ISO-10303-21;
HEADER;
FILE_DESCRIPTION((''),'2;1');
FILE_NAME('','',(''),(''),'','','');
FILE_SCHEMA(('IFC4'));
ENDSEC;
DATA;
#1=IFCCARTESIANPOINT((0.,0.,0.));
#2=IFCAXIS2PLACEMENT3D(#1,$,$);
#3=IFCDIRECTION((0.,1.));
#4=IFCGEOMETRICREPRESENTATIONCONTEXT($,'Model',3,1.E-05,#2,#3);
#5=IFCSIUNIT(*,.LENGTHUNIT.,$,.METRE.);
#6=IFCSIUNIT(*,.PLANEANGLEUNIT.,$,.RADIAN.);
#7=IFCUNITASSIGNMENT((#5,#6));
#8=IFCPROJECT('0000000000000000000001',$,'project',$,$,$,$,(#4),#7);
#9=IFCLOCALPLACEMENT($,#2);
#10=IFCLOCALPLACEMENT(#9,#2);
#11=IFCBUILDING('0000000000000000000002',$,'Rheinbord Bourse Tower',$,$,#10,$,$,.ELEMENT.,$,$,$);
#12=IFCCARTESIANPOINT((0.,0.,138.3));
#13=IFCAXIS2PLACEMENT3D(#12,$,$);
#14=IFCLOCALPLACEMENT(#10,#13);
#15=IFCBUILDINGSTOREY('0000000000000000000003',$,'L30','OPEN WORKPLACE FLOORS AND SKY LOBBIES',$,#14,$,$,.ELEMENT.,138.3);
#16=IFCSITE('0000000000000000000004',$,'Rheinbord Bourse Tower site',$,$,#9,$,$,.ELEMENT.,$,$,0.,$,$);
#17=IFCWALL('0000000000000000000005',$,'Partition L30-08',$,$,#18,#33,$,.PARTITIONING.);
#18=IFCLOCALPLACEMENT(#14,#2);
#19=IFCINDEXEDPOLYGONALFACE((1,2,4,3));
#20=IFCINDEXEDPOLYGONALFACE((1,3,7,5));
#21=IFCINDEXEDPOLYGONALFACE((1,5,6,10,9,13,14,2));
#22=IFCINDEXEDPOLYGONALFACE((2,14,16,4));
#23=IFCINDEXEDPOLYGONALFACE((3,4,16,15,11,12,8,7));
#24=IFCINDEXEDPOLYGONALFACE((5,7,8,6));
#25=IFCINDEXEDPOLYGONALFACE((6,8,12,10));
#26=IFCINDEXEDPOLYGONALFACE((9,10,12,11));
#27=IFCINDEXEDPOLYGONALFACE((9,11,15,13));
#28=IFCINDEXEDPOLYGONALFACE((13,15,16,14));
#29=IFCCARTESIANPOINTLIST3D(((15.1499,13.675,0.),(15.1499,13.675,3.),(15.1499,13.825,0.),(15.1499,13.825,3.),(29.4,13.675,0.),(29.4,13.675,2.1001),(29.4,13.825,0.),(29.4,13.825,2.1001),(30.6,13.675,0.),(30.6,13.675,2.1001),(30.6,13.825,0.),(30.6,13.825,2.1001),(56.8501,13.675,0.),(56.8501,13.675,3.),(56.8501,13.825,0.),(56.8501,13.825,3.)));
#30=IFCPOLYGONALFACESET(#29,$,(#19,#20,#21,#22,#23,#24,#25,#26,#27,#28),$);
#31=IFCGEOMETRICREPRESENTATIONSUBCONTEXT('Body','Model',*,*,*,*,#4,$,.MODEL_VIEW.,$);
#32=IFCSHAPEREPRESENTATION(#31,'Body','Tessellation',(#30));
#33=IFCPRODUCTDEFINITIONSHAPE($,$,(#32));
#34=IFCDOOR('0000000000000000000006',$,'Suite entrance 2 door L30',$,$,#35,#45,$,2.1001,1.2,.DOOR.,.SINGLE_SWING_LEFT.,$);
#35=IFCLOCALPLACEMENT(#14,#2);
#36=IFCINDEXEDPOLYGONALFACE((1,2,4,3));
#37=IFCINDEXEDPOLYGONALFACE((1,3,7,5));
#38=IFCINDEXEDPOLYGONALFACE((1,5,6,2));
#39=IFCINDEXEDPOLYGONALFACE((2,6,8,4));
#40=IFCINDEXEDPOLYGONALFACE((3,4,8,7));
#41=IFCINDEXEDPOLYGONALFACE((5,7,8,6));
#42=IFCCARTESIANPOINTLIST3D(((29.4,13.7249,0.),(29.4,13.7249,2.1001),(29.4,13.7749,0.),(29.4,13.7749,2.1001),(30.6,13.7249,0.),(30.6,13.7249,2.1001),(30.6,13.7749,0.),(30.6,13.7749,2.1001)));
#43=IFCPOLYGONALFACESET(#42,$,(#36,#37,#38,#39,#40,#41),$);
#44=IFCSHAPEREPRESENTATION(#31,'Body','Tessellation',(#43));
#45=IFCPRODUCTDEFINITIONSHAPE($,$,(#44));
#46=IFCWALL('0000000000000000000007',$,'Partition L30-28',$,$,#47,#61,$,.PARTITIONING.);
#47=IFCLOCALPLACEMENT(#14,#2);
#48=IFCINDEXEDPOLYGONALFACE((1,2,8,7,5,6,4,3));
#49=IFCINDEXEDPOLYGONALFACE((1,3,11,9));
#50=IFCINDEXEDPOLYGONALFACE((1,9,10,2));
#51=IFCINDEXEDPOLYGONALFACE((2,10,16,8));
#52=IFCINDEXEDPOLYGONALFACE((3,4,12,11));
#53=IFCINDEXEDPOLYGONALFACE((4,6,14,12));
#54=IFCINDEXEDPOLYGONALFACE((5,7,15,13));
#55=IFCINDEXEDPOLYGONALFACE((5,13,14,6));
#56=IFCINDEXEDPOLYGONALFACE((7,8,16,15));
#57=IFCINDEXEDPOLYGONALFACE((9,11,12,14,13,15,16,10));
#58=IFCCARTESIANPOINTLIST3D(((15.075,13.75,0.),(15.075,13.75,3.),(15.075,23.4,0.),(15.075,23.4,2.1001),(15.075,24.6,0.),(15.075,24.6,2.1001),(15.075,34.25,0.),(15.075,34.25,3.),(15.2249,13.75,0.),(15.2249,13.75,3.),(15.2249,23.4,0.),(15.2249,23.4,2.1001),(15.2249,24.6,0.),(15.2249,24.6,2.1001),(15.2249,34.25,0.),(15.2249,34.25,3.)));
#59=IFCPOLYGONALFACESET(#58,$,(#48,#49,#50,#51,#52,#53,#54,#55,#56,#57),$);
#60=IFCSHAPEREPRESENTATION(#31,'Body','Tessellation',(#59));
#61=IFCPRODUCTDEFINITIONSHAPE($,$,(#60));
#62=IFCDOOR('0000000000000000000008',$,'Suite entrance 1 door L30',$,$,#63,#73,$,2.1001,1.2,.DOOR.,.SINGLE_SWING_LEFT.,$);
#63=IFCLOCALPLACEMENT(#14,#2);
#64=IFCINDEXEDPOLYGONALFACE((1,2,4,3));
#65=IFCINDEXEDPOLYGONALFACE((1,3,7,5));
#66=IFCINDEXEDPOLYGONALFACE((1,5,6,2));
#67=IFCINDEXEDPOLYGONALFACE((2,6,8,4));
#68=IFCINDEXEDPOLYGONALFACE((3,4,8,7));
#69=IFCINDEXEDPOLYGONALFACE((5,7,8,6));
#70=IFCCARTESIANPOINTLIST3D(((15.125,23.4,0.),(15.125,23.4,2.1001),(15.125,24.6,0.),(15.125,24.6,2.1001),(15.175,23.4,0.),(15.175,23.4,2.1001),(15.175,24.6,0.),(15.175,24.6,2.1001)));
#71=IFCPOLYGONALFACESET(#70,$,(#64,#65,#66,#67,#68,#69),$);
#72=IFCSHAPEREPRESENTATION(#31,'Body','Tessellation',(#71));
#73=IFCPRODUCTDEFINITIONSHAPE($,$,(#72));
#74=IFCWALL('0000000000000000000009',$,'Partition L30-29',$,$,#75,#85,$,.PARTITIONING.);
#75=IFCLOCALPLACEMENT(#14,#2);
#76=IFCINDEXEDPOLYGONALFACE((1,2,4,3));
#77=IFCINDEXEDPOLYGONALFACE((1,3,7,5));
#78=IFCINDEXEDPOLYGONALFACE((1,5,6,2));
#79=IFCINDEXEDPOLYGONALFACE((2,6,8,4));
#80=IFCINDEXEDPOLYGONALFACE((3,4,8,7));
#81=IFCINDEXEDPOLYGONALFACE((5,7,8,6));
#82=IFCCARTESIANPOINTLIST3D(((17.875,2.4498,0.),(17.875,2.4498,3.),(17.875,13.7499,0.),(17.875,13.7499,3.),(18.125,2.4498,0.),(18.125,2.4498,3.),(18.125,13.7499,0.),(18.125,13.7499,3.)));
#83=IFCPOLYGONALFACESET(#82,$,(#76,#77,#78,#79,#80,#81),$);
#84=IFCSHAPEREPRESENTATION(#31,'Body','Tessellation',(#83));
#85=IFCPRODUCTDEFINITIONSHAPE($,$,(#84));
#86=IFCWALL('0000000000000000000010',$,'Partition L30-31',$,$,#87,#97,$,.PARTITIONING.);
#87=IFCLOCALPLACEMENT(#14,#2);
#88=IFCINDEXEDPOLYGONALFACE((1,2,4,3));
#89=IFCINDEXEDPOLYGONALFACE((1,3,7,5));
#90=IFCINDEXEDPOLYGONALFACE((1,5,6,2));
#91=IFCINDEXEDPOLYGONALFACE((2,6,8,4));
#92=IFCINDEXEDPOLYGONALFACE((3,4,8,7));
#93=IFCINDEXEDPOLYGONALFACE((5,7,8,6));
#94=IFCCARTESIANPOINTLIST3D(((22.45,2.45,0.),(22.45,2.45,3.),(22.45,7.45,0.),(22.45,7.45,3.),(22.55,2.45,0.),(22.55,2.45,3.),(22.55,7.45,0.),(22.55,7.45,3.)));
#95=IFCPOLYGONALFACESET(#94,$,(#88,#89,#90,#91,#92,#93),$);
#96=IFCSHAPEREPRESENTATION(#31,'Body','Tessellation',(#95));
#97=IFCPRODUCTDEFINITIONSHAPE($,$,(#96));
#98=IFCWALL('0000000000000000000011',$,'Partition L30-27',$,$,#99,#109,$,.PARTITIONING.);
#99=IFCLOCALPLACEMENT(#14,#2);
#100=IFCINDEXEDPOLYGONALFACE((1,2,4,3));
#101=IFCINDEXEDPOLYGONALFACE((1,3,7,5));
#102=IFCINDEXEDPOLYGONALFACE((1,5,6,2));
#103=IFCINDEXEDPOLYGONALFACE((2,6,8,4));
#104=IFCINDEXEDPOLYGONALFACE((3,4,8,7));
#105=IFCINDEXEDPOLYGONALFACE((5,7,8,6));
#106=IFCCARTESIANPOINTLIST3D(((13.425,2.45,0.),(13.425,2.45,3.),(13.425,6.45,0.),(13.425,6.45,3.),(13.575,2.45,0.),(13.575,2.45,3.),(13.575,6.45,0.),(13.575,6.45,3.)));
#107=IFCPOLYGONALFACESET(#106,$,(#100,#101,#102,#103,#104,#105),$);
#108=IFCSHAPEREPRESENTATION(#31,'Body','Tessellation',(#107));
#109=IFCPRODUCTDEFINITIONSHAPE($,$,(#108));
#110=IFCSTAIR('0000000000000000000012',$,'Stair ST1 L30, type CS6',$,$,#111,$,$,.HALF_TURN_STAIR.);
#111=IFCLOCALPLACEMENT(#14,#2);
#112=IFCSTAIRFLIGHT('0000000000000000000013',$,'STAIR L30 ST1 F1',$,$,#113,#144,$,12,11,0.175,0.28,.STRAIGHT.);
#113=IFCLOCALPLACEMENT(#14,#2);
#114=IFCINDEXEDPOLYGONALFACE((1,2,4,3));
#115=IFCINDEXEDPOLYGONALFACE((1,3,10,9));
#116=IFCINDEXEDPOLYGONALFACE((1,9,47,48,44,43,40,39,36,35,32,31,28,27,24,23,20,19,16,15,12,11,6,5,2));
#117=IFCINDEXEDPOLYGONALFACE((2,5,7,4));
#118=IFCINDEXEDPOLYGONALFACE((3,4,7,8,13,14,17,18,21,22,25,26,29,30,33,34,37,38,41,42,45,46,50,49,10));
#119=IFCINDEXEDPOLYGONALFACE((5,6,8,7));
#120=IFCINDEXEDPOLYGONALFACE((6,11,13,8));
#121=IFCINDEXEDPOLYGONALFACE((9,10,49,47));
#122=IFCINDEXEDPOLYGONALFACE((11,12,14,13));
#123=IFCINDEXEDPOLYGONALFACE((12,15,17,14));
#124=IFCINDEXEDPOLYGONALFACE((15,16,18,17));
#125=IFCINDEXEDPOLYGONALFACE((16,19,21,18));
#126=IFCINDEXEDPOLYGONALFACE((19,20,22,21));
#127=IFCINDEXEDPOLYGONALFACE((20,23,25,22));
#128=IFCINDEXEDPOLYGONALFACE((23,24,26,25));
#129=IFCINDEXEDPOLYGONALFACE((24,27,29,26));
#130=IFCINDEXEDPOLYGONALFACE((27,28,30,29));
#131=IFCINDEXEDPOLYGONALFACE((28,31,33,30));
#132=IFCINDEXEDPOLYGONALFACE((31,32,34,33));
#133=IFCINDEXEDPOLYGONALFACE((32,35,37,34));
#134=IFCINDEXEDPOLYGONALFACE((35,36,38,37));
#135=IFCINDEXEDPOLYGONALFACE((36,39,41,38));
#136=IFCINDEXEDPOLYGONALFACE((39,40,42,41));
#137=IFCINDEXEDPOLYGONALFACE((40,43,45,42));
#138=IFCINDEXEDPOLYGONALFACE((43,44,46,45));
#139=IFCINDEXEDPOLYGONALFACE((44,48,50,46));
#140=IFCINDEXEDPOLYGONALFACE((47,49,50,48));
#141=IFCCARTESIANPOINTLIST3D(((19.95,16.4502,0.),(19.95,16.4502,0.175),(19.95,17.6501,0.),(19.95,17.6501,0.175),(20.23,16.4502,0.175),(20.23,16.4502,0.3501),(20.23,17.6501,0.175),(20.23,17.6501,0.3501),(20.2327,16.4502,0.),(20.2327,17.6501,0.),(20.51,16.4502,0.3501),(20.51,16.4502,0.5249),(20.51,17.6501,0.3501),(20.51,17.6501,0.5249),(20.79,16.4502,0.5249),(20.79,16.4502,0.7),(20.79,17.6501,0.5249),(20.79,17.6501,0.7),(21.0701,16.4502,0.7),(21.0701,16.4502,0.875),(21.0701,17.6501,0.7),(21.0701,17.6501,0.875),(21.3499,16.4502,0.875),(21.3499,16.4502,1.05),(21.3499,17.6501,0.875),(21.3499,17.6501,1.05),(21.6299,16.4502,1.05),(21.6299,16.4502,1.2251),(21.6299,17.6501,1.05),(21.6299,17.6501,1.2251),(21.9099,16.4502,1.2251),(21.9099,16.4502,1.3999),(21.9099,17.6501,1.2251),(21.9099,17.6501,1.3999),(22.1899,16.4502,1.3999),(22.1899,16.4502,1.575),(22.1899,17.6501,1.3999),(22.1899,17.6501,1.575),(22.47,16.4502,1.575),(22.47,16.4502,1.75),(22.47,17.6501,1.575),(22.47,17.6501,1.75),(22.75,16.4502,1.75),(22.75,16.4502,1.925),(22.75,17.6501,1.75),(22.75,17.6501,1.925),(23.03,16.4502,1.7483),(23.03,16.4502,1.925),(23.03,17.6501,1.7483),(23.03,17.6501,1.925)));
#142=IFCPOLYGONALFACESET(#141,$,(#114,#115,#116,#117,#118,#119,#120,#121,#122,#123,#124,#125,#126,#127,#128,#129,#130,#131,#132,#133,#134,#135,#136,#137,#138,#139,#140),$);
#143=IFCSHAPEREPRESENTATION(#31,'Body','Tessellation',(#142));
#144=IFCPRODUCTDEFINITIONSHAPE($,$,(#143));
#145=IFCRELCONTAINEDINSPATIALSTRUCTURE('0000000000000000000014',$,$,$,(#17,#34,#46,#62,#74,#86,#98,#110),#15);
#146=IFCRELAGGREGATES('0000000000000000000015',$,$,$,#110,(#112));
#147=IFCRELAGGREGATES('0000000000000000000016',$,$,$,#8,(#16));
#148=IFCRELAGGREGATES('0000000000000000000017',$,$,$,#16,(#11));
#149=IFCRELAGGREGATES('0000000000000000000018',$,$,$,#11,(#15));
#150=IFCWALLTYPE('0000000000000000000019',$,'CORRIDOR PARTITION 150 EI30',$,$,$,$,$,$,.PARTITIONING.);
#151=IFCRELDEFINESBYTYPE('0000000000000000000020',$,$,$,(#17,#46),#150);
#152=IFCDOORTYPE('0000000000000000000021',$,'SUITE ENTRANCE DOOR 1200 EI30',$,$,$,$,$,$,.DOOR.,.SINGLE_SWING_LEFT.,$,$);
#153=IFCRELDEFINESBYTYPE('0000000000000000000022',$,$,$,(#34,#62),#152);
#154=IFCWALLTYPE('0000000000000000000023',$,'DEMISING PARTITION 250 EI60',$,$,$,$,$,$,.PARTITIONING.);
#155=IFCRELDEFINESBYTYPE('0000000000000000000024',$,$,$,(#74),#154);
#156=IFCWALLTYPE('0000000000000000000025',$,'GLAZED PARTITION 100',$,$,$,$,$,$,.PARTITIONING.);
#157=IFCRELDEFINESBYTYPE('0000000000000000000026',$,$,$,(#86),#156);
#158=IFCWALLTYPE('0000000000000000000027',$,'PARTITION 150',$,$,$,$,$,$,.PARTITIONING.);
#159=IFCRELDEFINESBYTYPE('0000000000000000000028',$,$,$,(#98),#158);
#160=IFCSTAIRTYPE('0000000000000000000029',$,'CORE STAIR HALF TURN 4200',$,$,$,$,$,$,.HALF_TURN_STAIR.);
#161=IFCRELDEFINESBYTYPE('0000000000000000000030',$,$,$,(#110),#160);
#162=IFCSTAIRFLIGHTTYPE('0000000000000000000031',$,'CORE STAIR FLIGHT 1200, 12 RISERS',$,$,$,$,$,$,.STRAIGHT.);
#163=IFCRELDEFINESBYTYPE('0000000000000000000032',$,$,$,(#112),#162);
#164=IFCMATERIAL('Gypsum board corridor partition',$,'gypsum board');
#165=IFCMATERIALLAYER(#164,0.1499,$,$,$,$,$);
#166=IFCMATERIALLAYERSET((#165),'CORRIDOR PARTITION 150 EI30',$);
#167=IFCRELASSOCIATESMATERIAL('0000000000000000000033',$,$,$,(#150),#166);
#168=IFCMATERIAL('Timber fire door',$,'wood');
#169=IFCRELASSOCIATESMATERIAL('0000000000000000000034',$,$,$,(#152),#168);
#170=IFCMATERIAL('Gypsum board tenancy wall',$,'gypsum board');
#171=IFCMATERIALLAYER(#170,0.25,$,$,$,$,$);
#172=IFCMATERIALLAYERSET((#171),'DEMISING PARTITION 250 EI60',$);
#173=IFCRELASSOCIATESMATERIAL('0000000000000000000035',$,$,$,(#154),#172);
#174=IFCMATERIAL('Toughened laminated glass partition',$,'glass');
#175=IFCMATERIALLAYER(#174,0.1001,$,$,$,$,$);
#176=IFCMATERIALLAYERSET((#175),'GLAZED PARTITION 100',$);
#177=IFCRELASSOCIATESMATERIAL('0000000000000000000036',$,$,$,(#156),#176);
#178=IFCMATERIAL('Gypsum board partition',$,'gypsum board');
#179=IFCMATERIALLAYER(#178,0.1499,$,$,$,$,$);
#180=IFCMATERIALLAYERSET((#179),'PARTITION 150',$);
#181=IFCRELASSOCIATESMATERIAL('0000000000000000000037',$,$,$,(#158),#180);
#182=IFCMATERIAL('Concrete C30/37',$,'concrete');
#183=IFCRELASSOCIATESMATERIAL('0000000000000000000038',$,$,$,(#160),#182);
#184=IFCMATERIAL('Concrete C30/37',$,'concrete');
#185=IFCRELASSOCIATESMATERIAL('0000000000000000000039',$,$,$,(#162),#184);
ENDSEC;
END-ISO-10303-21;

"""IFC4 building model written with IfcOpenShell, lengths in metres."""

from ifc_helpers import new_model, si_unit, direction, frame, frame_2d, origin, place, context, subcontext, project, spatial, polyline, rectangle, outline, extrude, material, layer, layer_set, type_object, element, fill, aggregate, save


model = new_model("IFC4")

# Units and contexts
model_context = context("Model", 3, precision=1e-05, world=origin(), true_north=direction((0.0, 1.0)))
body_context = subcontext(model_context, "Body", "Model", "MODEL_VIEW")
ifc_project = project(units=[si_unit("LENGTHUNIT", "METRE"), si_unit("PLANEANGLEUNIT", "RADIAN")], contexts=[model_context])

# Site, building, storey
site_placement = place(None, origin())
site = spatial("IfcSite", under=ifc_project, at=site_placement, Name="Rheinbord Bourse Tower site", CompositionType="ELEMENT", RefElevation=0.0)
building_placement = place(site_placement, origin())
building = spatial("IfcBuilding", under=site, at=building_placement, Name="Rheinbord Bourse Tower", CompositionType="ELEMENT")
storey_placement = place(building_placement, frame((0.0, 0.0, 138.3)))
storey = spatial("IfcBuildingStorey", under=building, at=storey_placement, Name="L30", Description="OPEN WORKPLACE FLOORS AND SKY LOBBIES", CompositionType="ELEMENT", Elevation=138.3)

# Walls, openings, doors
ifc_material_1 = material(Name="Gypsum board corridor partition", Category="gypsum board")
ifc_layer_1 = layer(ifc_material_1, 0.1499)
ifc_layer_set_1 = layer_set([ifc_layer_1], Name="CORRIDOR PARTITION 150 EI30")
wall_type_1 = type_object("IfcWallType", Name="CORRIDOR PARTITION 150 EI30", PredefinedType="PARTITIONING", material=ifc_layer_set_1)
wall_1_placement = place(storey_placement, frame((15.1499, 13.75, 0.0), z_axis=(0.0, 0.0, 1.0), x_axis=(1.0, 0.0, 0.0)))
wall_1 = element("IfcWall", 1, at=wall_1_placement, inside=storey, type_object=wall_type_1, Name="Partition L30-08", PredefinedType="PARTITIONING", context=body_context, shape_type="SweptSolid", body=[
    extrude(rectangle(XDim=41.7002, YDim=0.1499, at=frame_2d((20.8501, 0.0))), origin(), (0.0, 0.0, 1.0), 3.0),
])
opening_1_placement = place(wall_1_placement, frame((14.25, 0.0, 0.0)))
opening_1 = element("IfcOpeningElement", 2, at=opening_1_placement, cuts=wall_1, PredefinedType="OPENING", context=body_context, shape_type="SweptSolid", body=[
    extrude(rectangle(XDim=1.2, YDim=2.1001, at=frame_2d((0.6001, 1.05))), frame((0.0, 0.085, 0.0), z_axis=(0.0, -1.0, 0.0), x_axis=(1.0, 0.0, 0.0)), (0.0, 0.0, 1.0), 0.1699),
])
ifc_material_2 = material(Name="Timber fire door", Category="wood")
door_type_1 = type_object("IfcDoorType", Name="SUITE ENTRANCE DOOR 1200 EI30", OperationType="SINGLE_SWING_LEFT", PredefinedType="DOOR", material=ifc_material_2)
door_1_placement = place(opening_1_placement, origin())
door_1 = element("IfcDoor", 3, at=door_1_placement, inside=storey, type_object=door_type_1, Name="Suite entrance 2 door L30", OperationType="SINGLE_SWING_LEFT", OverallHeight=2.1001, OverallWidth=1.2, PredefinedType="DOOR", context=body_context, shape_type="SweptSolid", body=[
    extrude(rectangle(XDim=1.2, YDim=2.1001, at=frame_2d((0.6001, 1.05))), frame((0.0, 0.0249, 0.0), z_axis=(0.0, -1.0, 0.0), x_axis=(1.0, 0.0, 0.0)), (0.0, 0.0, 1.0), 0.05),
])
fill(opening_1, door_1)
wall_2_placement = place(storey_placement, frame((15.1499, 13.75, 0.0), z_axis=(0.0, 0.0, 1.0), x_axis=(0.0, 1.0, 0.0)))
wall_2 = element("IfcWall", 4, at=wall_2_placement, inside=storey, type_object=wall_type_1, Name="Partition L30-28", PredefinedType="PARTITIONING", context=body_context, shape_type="SweptSolid", body=[
    extrude(rectangle(XDim=20.5, YDim=0.1499, at=frame_2d((10.25, 0.0))), origin(), (0.0, 0.0, 1.0), 3.0),
])
opening_2_placement = place(wall_2_placement, frame((9.6499, 0.0, 0.0)))
opening_2 = element("IfcOpeningElement", 5, at=opening_2_placement, cuts=wall_2, PredefinedType="OPENING", context=body_context, shape_type="SweptSolid", body=[
    extrude(rectangle(XDim=1.2, YDim=2.1001, at=frame_2d((0.6001, 1.05))), frame((0.0, 0.085, 0.0), z_axis=(0.0, -1.0, 0.0), x_axis=(1.0, 0.0, 0.0)), (0.0, 0.0, 1.0), 0.1699),
])
door_2_placement = place(opening_2_placement, origin())
door_2 = element("IfcDoor", 6, at=door_2_placement, inside=storey, type_object=door_type_1, Name="Suite entrance 1 door L30", OperationType="SINGLE_SWING_LEFT", OverallHeight=2.1001, OverallWidth=1.2, PredefinedType="DOOR", context=body_context, shape_type="SweptSolid", body=[
    extrude(rectangle(XDim=1.2, YDim=2.1001, at=frame_2d((0.6001, 1.05))), frame((0.0, 0.0249, 0.0), z_axis=(0.0, -1.0, 0.0), x_axis=(1.0, 0.0, 0.0)), (0.0, 0.0, 1.0), 0.05),
])
fill(opening_2, door_2)

# Walls
ifc_material_3 = material(Name="Gypsum board tenancy wall", Category="gypsum board")
ifc_layer_2 = layer(ifc_material_3, 0.25)
ifc_layer_set_2 = layer_set([ifc_layer_2], Name="DEMISING PARTITION 250 EI60")
wall_type_2 = type_object("IfcWallType", Name="DEMISING PARTITION 250 EI60", PredefinedType="PARTITIONING", material=ifc_layer_set_2)
wall_3_placement = place(storey_placement, frame((18.0, 2.45, 0.0), z_axis=(0.0, 0.0, 1.0), x_axis=(0.0, 1.0, 0.0)))
element("IfcWall", 7, at=wall_3_placement, inside=storey, type_object=wall_type_2, Name="Partition L30-29", PredefinedType="PARTITIONING", context=body_context, shape_type="SweptSolid", body=[
    extrude(rectangle(XDim=11.3, YDim=0.25, at=frame_2d((5.6499, 0.0))), origin(), (0.0, 0.0, 1.0), 3.0),
])
ifc_material_4 = material(Name="Toughened laminated glass partition", Category="glass")
ifc_layer_3 = layer(ifc_material_4, 0.1001)
ifc_layer_set_3 = layer_set([ifc_layer_3], Name="GLAZED PARTITION 100")
wall_type_3 = type_object("IfcWallType", Name="GLAZED PARTITION 100", PredefinedType="PARTITIONING", material=ifc_layer_set_3)
wall_4_placement = place(storey_placement, frame((22.5, 2.45, 0.0), z_axis=(0.0, 0.0, 1.0), x_axis=(0.0, 1.0, 0.0)))
element("IfcWall", 8, at=wall_4_placement, inside=storey, type_object=wall_type_3, Name="Partition L30-31", PredefinedType="PARTITIONING", context=body_context, shape_type="SweptSolid", body=[
    extrude(rectangle(XDim=5.0, YDim=0.1001, at=frame_2d((2.5, 0.0))), origin(), (0.0, 0.0, 1.0), 3.0),
])
ifc_material_5 = material(Name="Gypsum board partition", Category="gypsum board")
ifc_layer_4 = layer(ifc_material_5, 0.1499)
ifc_layer_set_4 = layer_set([ifc_layer_4], Name="PARTITION 150")
wall_type_4 = type_object("IfcWallType", Name="PARTITION 150", PredefinedType="PARTITIONING", material=ifc_layer_set_4)
wall_5_placement = place(storey_placement, frame((13.5, 2.45, 0.0), z_axis=(0.0, 0.0, 1.0), x_axis=(0.0, 1.0, 0.0)))
element("IfcWall", 9, at=wall_5_placement, inside=storey, type_object=wall_type_4, Name="Partition L30-27", PredefinedType="PARTITIONING", context=body_context, shape_type="SweptSolid", body=[
    extrude(rectangle(XDim=4.0, YDim=0.1499, at=frame_2d((2.0, 0.0))), origin(), (0.0, 0.0, 1.0), 3.0),
])

# Stair, stair flight
ifc_material_6 = material(Name="Concrete C30/37", Category="concrete")
stair_type = type_object("IfcStairType", Name="CORE STAIR HALF TURN 4200", PredefinedType="HALF_TURN_STAIR", material=ifc_material_6)
stair_placement = place(storey_placement, origin())
stair = element("IfcStair", 10, at=stair_placement, inside=storey, type_object=stair_type, Name="Stair ST1 L30, type CS6", PredefinedType="HALF_TURN_STAIR")
ifc_material_7 = material(Name="Concrete C30/37", Category="concrete")
stair_flight_type = type_object("IfcStairFlightType", Name="CORE STAIR FLIGHT 1200, 12 RISERS", PredefinedType="STRAIGHT", material=ifc_material_7)
stair_flight_placement = place(storey_placement, frame((19.95, 17.05, 0.0), z_axis=(0.0, 0.0, 1.0), x_axis=(1.0, 0.0, 0.0)))
stair_flight = element("IfcStairFlight", 11, at=stair_flight_placement, type_object=stair_flight_type, Name="STAIR L30 ST1 F1", NumberOfRisers=12, NumberOfTreads=11, PredefinedType="STRAIGHT", RiserHeight=0.175, TreadLength=0.28, context=body_context, shape_type="SweptSolid", body=[
    extrude(outline(polyline([(0.0, 0.0), (0.0, 0.175), (0.28, 0.175), (0.28, 0.3501), (0.5601, 0.3501), (0.5601, 0.5249), (0.8401, 0.5249), (0.8401, 0.7), (1.1201, 0.7), (1.1201, 0.875), (1.3999, 0.875), (1.3999, 1.05), (1.6799, 1.05), (1.6799, 1.2251), (1.96, 1.2251), (1.96, 1.3999), (2.24, 1.3999), (2.24, 1.575), (2.52, 1.575), (2.52, 1.75), (2.8, 1.75), (2.8, 1.925), (3.0801, 1.925), (3.0801, 2.1001), (3.0801, 1.7483), (0.2827, 0.0), (0.0, 0.0)])), frame((0.0, 0.6001, 0.0), z_axis=(0.0, -1.0, 0.0), x_axis=(1.0, 0.0, 0.0)), (0.0, 0.0, 1.0), 1.2),
])
aggregate(stair, [stair_flight])

save(model, "model.ifc")
